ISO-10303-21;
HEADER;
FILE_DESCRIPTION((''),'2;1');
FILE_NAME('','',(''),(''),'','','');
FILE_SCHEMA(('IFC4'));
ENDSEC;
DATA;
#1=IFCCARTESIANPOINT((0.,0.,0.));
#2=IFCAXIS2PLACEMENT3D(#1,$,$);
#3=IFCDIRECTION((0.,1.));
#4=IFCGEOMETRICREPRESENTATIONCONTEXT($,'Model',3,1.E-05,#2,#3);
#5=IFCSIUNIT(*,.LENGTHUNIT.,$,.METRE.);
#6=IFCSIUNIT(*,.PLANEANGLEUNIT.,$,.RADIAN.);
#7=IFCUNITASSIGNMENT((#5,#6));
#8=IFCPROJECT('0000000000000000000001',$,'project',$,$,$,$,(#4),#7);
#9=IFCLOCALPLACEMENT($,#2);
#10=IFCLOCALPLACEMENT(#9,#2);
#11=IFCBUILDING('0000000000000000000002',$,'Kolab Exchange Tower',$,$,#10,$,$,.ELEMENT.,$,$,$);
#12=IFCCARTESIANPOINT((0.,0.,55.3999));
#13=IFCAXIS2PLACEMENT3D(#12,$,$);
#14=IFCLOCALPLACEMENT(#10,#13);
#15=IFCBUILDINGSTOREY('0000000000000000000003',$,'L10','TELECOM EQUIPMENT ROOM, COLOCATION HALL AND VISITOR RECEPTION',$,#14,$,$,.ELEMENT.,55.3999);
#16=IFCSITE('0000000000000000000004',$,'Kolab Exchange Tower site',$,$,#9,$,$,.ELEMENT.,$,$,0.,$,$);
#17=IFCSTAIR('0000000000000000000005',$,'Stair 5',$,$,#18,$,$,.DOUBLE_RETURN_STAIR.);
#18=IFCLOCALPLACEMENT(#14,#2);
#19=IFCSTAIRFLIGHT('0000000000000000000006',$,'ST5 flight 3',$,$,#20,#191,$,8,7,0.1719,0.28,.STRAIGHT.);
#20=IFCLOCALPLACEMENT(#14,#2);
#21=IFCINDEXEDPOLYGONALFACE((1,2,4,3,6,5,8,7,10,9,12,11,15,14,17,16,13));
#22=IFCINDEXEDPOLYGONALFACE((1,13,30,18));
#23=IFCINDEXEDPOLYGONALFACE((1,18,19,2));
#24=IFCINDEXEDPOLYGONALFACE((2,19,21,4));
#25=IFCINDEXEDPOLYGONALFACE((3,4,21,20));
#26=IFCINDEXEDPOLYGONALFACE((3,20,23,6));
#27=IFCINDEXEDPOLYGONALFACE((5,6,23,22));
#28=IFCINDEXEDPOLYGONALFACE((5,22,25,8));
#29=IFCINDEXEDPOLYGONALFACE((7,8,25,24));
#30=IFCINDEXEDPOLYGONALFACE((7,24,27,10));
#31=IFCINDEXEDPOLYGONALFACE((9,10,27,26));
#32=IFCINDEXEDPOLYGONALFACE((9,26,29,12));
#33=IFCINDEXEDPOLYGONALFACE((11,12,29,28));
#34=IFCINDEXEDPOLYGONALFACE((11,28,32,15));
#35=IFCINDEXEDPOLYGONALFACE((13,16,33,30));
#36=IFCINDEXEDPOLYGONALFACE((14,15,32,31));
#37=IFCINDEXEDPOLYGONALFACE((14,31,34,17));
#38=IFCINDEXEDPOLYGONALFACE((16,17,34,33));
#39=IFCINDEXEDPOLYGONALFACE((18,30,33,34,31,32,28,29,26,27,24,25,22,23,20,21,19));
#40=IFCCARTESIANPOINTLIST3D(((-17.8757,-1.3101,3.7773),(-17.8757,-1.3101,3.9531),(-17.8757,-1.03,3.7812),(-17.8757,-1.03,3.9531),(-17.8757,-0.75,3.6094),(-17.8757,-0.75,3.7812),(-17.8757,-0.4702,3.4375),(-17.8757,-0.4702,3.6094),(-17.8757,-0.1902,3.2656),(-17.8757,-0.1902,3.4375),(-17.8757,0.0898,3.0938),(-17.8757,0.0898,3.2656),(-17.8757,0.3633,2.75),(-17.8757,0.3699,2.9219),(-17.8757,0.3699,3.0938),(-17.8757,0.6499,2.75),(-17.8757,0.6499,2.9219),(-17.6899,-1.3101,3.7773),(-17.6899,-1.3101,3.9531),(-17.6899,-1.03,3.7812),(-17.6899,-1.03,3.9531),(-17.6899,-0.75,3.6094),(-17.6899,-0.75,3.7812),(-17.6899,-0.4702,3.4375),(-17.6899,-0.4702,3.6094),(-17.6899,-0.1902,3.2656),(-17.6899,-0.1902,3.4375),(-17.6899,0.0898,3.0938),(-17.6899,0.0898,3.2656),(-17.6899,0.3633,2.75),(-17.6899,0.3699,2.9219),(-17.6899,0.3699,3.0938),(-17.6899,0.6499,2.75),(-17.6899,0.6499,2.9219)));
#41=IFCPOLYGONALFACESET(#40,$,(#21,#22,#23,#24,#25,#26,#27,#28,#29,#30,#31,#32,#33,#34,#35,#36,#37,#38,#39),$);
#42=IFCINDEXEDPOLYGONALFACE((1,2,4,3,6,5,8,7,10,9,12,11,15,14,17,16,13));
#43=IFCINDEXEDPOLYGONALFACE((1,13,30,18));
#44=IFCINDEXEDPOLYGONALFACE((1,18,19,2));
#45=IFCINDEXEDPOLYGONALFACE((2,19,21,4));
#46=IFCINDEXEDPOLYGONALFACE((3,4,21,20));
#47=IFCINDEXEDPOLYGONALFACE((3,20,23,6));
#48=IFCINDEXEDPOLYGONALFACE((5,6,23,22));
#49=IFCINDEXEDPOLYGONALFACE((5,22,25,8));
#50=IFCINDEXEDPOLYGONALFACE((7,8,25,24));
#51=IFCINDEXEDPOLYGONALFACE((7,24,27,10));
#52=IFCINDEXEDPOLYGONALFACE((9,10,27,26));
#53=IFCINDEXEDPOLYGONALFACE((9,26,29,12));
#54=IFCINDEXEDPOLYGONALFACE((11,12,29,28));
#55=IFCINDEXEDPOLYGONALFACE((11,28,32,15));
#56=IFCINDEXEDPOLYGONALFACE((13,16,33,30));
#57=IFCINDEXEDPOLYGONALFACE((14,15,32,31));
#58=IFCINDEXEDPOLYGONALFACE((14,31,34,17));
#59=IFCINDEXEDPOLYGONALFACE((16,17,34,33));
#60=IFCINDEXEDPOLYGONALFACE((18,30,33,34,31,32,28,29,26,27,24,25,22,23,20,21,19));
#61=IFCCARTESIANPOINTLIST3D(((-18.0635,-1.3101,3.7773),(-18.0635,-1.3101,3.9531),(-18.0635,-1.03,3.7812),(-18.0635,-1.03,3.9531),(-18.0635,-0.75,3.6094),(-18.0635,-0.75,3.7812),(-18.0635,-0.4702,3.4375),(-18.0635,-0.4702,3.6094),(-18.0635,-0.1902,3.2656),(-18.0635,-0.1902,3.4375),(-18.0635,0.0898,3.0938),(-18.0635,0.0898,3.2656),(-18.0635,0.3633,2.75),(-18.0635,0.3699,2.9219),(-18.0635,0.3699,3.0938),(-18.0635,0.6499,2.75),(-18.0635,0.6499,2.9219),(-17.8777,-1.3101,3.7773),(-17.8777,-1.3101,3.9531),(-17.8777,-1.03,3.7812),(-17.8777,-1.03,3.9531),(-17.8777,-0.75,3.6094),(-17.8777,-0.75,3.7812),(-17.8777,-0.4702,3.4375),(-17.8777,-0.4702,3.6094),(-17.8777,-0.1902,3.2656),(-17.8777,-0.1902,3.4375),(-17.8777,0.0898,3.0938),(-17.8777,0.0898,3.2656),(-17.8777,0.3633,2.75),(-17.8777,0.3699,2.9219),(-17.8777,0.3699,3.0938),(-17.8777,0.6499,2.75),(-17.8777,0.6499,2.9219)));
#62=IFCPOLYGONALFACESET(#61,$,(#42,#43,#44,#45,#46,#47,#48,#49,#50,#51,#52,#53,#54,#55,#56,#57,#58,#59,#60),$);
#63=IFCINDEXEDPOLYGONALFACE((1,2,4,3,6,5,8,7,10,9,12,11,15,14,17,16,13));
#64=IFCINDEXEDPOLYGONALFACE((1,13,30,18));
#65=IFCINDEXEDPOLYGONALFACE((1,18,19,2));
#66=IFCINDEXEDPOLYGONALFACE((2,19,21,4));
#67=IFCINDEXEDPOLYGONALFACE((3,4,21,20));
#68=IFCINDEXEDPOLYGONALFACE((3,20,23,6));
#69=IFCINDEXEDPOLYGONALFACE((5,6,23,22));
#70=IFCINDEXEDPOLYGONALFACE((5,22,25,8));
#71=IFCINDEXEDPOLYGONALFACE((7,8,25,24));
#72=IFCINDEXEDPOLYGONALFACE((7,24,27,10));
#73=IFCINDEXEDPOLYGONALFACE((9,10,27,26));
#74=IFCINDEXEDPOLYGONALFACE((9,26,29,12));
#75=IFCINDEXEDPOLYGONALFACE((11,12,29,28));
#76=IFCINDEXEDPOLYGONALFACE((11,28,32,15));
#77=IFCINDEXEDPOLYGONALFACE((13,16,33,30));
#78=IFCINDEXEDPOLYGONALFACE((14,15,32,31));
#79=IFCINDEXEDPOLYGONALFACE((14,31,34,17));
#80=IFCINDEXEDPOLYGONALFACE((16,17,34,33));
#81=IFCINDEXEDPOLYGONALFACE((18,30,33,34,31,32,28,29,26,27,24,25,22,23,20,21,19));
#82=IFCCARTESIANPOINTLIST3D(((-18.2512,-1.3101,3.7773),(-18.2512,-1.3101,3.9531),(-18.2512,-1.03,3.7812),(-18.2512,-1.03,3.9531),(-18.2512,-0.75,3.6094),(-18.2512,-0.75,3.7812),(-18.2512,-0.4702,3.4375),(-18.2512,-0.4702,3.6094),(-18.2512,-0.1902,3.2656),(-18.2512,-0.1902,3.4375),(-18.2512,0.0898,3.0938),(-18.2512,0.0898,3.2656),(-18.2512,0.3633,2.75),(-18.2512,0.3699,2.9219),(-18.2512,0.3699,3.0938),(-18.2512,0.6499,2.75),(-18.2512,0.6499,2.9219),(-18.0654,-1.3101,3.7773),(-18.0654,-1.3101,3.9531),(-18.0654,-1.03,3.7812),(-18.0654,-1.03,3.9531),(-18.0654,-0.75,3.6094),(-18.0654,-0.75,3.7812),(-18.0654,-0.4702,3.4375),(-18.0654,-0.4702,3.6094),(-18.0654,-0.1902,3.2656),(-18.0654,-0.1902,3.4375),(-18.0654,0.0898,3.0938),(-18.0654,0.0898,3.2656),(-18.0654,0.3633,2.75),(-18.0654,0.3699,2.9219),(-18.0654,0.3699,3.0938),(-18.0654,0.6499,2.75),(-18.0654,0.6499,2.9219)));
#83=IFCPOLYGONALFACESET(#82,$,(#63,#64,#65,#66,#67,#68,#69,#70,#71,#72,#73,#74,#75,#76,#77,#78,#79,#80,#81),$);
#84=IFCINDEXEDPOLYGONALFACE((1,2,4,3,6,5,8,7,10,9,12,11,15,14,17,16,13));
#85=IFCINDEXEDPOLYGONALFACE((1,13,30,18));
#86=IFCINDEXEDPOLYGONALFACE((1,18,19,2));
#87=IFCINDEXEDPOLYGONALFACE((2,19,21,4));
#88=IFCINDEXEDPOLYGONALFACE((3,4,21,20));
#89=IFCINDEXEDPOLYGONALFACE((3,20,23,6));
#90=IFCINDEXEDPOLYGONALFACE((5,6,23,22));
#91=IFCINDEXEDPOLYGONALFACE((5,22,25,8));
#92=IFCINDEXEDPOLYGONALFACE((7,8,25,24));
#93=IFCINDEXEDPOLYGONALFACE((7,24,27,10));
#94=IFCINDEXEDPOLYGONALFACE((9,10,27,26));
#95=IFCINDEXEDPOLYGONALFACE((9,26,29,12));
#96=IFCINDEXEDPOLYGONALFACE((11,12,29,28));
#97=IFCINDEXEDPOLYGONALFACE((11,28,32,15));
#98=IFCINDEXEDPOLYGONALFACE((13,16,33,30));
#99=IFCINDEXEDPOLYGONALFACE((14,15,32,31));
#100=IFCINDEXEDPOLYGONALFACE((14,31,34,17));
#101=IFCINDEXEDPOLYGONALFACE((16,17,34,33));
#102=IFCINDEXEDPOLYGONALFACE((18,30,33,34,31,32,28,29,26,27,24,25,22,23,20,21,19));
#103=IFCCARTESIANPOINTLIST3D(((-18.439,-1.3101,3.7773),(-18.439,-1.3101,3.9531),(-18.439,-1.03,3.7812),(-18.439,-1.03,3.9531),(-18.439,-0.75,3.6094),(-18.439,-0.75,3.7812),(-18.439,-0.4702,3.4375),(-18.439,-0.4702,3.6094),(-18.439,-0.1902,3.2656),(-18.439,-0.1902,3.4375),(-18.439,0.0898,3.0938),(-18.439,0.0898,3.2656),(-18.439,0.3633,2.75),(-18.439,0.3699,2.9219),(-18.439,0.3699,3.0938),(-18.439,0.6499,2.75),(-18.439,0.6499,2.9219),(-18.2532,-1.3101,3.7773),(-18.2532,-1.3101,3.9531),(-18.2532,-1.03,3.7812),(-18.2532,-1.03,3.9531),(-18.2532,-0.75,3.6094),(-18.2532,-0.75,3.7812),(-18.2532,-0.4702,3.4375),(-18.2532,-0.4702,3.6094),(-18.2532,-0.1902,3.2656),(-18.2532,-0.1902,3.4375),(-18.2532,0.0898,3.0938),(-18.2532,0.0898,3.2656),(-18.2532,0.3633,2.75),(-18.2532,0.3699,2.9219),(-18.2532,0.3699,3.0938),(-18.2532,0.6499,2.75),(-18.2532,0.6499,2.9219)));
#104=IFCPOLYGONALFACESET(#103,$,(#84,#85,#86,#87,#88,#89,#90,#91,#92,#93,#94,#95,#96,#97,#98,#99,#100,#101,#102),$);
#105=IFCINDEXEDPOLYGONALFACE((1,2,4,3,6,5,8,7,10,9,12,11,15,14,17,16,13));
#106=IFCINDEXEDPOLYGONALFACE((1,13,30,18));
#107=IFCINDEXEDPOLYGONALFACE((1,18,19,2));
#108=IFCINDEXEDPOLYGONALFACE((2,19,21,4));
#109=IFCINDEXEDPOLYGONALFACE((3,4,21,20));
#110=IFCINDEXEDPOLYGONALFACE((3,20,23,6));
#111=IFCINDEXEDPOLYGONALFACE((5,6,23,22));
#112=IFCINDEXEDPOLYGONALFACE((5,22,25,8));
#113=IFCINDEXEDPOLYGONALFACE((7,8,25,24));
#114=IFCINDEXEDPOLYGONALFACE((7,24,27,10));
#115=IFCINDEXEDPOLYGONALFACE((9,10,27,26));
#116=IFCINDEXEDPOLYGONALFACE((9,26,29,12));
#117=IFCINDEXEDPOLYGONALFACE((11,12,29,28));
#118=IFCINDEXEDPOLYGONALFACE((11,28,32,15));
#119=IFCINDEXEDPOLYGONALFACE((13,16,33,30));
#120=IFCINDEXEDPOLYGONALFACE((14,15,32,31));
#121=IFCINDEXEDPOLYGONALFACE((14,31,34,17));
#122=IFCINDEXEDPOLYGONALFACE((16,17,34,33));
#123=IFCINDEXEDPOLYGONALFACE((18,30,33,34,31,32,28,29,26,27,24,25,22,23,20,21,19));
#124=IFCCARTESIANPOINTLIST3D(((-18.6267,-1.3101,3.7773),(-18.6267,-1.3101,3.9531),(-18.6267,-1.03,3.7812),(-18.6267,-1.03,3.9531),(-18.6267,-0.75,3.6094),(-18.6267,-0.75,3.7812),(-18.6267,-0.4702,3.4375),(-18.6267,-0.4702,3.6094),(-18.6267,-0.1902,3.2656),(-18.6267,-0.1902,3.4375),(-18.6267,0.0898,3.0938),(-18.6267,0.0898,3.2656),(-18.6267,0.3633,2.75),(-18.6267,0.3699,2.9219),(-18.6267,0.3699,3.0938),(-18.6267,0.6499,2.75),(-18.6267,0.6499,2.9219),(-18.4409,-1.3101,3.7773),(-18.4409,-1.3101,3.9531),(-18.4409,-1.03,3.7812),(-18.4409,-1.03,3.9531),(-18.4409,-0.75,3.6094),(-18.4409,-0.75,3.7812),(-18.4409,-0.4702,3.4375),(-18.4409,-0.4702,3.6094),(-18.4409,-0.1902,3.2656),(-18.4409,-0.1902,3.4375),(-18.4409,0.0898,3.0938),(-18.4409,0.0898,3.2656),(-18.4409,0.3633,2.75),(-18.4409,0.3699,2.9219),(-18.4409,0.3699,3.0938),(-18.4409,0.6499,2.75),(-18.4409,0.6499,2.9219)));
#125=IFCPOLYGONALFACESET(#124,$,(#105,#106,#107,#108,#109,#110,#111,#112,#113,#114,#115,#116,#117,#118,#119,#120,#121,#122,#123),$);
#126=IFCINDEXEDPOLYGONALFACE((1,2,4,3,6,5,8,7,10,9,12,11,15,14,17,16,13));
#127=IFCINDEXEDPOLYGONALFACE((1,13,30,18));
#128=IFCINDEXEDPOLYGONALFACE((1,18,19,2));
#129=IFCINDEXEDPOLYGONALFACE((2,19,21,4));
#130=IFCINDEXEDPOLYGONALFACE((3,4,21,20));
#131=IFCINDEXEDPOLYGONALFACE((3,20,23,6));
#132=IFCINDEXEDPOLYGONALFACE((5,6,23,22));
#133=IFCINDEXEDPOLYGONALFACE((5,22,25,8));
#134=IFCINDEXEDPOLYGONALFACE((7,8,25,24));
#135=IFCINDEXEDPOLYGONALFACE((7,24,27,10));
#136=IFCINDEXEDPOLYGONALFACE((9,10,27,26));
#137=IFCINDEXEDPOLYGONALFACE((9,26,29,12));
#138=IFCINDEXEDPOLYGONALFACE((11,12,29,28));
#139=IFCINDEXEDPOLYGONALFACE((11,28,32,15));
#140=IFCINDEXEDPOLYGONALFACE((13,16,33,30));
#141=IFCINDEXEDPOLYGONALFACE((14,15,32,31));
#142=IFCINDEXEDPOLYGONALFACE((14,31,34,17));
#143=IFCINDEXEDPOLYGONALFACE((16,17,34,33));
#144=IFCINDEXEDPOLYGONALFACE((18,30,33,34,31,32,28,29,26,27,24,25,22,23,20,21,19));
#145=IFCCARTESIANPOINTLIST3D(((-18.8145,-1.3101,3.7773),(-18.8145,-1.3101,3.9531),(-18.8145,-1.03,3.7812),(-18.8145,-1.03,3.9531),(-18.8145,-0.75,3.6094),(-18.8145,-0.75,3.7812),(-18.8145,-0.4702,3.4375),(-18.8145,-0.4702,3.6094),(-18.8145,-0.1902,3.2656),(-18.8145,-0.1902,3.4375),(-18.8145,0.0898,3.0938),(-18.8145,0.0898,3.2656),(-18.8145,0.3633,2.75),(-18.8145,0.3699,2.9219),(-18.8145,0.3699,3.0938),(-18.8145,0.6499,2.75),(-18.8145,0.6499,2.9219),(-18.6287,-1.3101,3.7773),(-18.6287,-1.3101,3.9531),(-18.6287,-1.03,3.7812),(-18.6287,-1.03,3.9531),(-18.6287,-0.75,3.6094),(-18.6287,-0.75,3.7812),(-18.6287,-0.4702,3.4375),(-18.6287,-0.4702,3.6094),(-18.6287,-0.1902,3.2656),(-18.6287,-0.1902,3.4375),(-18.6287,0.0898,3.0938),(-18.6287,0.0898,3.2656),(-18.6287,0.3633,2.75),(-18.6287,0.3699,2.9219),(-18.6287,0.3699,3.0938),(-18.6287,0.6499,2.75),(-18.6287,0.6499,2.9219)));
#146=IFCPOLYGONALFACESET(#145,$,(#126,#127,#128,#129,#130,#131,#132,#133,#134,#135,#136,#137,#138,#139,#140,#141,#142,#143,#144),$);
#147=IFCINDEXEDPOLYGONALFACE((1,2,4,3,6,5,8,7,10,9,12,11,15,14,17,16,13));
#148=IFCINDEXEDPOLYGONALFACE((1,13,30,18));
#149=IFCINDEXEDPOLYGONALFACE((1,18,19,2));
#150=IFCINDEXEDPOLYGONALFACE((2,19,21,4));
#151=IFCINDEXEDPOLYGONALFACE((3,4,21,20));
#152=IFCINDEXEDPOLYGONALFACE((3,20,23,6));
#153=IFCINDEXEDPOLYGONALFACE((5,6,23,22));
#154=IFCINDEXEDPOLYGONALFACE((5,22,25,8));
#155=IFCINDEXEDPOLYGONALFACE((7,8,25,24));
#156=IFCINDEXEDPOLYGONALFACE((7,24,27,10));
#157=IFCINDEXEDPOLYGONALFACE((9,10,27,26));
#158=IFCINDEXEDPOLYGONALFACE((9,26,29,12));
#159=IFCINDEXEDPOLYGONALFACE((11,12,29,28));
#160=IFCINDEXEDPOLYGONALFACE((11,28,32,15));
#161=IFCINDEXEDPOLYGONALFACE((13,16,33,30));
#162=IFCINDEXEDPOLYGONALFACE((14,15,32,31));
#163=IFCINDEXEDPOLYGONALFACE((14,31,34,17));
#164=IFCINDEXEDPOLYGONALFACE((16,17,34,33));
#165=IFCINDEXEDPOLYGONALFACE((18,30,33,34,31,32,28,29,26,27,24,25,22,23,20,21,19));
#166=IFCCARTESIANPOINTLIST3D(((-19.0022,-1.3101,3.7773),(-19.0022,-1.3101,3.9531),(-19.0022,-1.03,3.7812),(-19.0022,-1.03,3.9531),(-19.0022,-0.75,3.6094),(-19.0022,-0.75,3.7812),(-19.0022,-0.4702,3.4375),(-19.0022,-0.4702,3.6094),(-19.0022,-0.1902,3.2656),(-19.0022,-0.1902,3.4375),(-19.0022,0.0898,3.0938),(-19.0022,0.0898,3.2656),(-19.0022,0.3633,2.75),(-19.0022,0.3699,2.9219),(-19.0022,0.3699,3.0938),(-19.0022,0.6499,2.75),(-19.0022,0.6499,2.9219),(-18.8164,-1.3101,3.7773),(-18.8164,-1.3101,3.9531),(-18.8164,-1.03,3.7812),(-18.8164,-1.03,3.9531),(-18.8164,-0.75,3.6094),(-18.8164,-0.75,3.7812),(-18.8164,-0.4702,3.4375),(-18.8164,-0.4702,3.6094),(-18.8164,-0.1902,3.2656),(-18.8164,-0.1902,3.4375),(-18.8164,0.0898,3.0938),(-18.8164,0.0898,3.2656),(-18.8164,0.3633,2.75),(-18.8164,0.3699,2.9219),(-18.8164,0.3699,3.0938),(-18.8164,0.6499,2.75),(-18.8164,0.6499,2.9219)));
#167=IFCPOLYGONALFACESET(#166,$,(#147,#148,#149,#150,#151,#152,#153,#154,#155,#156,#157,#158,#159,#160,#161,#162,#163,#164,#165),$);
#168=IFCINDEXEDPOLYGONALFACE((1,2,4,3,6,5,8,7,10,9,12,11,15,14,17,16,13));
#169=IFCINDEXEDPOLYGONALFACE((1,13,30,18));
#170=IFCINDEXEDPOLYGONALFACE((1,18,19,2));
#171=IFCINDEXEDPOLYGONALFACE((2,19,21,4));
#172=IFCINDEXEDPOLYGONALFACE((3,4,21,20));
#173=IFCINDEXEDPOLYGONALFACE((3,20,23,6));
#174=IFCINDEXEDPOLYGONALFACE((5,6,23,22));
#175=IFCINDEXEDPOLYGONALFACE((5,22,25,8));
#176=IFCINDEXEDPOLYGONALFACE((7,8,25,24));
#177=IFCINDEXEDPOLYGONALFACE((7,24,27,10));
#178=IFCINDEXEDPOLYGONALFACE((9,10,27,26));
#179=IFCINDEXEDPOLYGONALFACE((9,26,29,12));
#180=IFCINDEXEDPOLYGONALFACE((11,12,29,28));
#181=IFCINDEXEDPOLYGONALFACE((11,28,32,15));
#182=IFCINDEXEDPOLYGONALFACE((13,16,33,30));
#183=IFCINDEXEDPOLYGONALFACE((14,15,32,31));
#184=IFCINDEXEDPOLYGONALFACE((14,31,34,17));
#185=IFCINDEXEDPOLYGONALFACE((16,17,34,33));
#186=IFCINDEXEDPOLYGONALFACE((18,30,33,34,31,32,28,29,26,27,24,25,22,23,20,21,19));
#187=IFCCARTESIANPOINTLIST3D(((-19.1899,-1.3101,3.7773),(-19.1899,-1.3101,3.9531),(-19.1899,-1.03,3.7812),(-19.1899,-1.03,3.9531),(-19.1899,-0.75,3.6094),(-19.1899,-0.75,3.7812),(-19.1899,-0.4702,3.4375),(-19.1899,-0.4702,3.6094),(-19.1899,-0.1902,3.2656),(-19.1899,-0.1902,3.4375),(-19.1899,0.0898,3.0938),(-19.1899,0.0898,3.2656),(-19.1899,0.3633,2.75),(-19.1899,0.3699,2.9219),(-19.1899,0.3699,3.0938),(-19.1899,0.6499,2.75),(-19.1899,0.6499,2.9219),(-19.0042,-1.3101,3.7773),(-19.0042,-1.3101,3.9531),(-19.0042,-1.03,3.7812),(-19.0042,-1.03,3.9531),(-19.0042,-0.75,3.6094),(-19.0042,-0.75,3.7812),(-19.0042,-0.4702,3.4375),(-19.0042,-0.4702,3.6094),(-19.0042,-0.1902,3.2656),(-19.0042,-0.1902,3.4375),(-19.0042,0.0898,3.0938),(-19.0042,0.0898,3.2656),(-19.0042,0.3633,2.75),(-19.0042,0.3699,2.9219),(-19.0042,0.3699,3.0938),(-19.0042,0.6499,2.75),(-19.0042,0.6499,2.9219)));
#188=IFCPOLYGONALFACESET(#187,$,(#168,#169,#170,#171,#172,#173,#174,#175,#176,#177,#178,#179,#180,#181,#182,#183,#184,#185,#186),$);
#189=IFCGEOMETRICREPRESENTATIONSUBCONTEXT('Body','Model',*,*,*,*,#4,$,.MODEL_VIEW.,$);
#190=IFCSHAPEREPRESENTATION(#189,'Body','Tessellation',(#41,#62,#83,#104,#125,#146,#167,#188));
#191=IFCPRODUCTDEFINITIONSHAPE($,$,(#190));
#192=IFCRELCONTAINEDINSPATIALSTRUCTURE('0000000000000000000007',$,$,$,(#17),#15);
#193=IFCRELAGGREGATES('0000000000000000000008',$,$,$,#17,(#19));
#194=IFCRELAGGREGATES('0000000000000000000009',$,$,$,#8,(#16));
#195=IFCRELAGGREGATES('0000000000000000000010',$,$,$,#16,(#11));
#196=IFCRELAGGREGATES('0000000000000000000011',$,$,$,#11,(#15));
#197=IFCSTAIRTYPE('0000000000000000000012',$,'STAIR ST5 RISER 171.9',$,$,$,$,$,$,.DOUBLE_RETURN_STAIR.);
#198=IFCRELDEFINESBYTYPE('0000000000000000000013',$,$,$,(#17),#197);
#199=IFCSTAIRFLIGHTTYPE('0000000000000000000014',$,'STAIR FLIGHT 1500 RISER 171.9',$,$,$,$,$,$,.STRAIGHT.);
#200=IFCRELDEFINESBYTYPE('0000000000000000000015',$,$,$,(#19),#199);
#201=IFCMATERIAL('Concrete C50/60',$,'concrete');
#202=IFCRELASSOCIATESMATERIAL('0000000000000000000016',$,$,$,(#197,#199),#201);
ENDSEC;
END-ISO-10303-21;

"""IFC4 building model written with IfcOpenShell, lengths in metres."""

from ifc_helpers import new_model, si_unit, direction, frame, origin, place, context, subcontext, project, spatial, polyline, outline, extrude, material, type_object, element, aggregate, save


model = new_model("IFC4")

# Units and contexts
model_context = context("Model", 3, precision=1e-05, world=origin(), true_north=direction((0.0, 1.0)))
body_context = subcontext(model_context, "Body", "Model", "MODEL_VIEW")
ifc_project = project(units=[si_unit("LENGTHUNIT", "METRE"), si_unit("PLANEANGLEUNIT", "RADIAN")], contexts=[model_context])

# Site, building, storey
site_placement = place(None, origin())
site = spatial("IfcSite", under=ifc_project, at=site_placement, Name="Kolab Exchange Tower site", CompositionType="ELEMENT", RefElevation=0.0)
building_placement = place(site_placement, origin())
building = spatial("IfcBuilding", under=site, at=building_placement, Name="Kolab Exchange Tower", CompositionType="ELEMENT")
storey_placement = place(building_placement, frame((0.0, 0.0, 55.3999)))
storey = spatial("IfcBuildingStorey", under=building, at=storey_placement, Name="L10", Description="TELECOM EQUIPMENT ROOM, COLOCATION HALL AND VISITOR RECEPTION", CompositionType="ELEMENT", Elevation=55.3999)

# Shared definitions
ifc_material_1 = material(Name="Concrete C50/60", Category="concrete")

# Stair, stair flight
stair_type = type_object("IfcStairType", Name="STAIR ST5 RISER 171.9", PredefinedType="DOUBLE_RETURN_STAIR", material=ifc_material_1)
stair_placement = place(storey_placement, origin())
stair = element("IfcStair", 1, at=stair_placement, inside=storey, type_object=stair_type, Name="Stair 5", PredefinedType="DOUBLE_RETURN_STAIR")
stair_flight_type = type_object("IfcStairFlightType", Name="STAIR FLIGHT 1500 RISER 171.9", PredefinedType="STRAIGHT", material=ifc_material_1)
stair_flight_1_placement = place(storey_placement, frame((-18.4399, 0.6499, 2.75), z_axis=(0.0, 0.0, 1.0), x_axis=(0.0, -1.0, 0.0)))
stair_flight_1 = element("IfcStairFlight", 2, at=stair_flight_1_placement, type_object=stair_flight_type, Name="ST5 flight 3", NumberOfRisers=8, NumberOfTreads=7, PredefinedType="STRAIGHT", RiserHeight=0.1719, TreadLength=0.28, context=body_context, shape_type="SweptSolid", body=[
    extrude(outline(polyline([(0.0, 0.0), (0.0, 0.1719), (0.28, 0.1719), (0.28, 0.3438), (0.5601, 0.3438), (0.5601, 0.5156), (0.8401, 0.5156), (0.8401, 0.6875), (1.1201, 0.6875), (1.1201, 0.8594), (1.3999, 0.8594), (1.3999, 1.0312), (1.6799, 1.0312), (1.6799, 1.2031), (1.96, 1.2031), (1.96, 1.375), (1.96, 1.0273), (0.2866, 0.0), (0.0, 0.0)])), frame((0.0, 0.75, 0.0), z_axis=(0.0, -1.0, 0.0), x_axis=(1.0, 0.0, 0.0)), (0.0, 0.0, 1.0), 0.1858),
    extrude(outline(polyline([(0.0, 0.0), (0.0, 0.1719), (0.28, 0.1719), (0.28, 0.3438), (0.5601, 0.3438), (0.5601, 0.5156), (0.8401, 0.5156), (0.8401, 0.6875), (1.1201, 0.6875), (1.1201, 0.8594), (1.3999, 0.8594), (1.3999, 1.0312), (1.6799, 1.0312), (1.6799, 1.2031), (1.96, 1.2031), (1.96, 1.375), (1.96, 1.0273), (0.2866, 0.0), (0.0, 0.0)])), frame((0.0, 0.5623, 0.0), z_axis=(0.0, -1.0, 0.0), x_axis=(1.0, 0.0, 0.0)), (0.0, 0.0, 1.0), 0.1858),
    extrude(outline(polyline([(0.0, 0.0), (0.0, 0.1719), (0.28, 0.1719), (0.28, 0.3438), (0.5601, 0.3438), (0.5601, 0.5156), (0.8401, 0.5156), (0.8401, 0.6875), (1.1201, 0.6875), (1.1201, 0.8594), (1.3999, 0.8594), (1.3999, 1.0312), (1.6799, 1.0312), (1.6799, 1.2031), (1.96, 1.2031), (1.96, 1.375), (1.96, 1.0273), (0.2866, 0.0), (0.0, 0.0)])), frame((0.0, 0.3745, 0.0), z_axis=(0.0, -1.0, 0.0), x_axis=(1.0, 0.0, 0.0)), (0.0, 0.0, 1.0), 0.1858),
    extrude(outline(polyline([(0.0, 0.0), (0.0, 0.1719), (0.28, 0.1719), (0.28, 0.3438), (0.5601, 0.3438), (0.5601, 0.5156), (0.8401, 0.5156), (0.8401, 0.6875), (1.1201, 0.6875), (1.1201, 0.8594), (1.3999, 0.8594), (1.3999, 1.0312), (1.6799, 1.0312), (1.6799, 1.2031), (1.96, 1.2031), (1.96, 1.375), (1.96, 1.0273), (0.2866, 0.0), (0.0, 0.0)])), frame((0.0, 0.1868, 0.0), z_axis=(0.0, -1.0, 0.0), x_axis=(1.0, 0.0, 0.0)), (0.0, 0.0, 1.0), 0.1858),
    extrude(outline(polyline([(0.0, 0.0), (0.0, 0.1719), (0.28, 0.1719), (0.28, 0.3438), (0.5601, 0.3438), (0.5601, 0.5156), (0.8401, 0.5156), (0.8401, 0.6875), (1.1201, 0.6875), (1.1201, 0.8594), (1.3999, 0.8594), (1.3999, 1.0312), (1.6799, 1.0312), (1.6799, 1.2031), (1.96, 1.2031), (1.96, 1.375), (1.96, 1.0273), (0.2866, 0.0), (0.0, 0.0)])), frame((0.0, -0.001, 0.0), z_axis=(0.0, -1.0, 0.0), x_axis=(1.0, 0.0, 0.0)), (0.0, 0.0, 1.0), 0.1858),
    extrude(outline(polyline([(0.0, 0.0), (0.0, 0.1719), (0.28, 0.1719), (0.28, 0.3438), (0.5601, 0.3438), (0.5601, 0.5156), (0.8401, 0.5156), (0.8401, 0.6875), (1.1201, 0.6875), (1.1201, 0.8594), (1.3999, 0.8594), (1.3999, 1.0312), (1.6799, 1.0312), (1.6799, 1.2031), (1.96, 1.2031), (1.96, 1.375), (1.96, 1.0273), (0.2866, 0.0), (0.0, 0.0)])), frame((0.0, -0.1887, 0.0), z_axis=(0.0, -1.0, 0.0), x_axis=(1.0, 0.0, 0.0)), (0.0, 0.0, 1.0), 0.1858),
    extrude(outline(polyline([(0.0, 0.0), (0.0, 0.1719), (0.28, 0.1719), (0.28, 0.3438), (0.5601, 0.3438), (0.5601, 0.5156), (0.8401, 0.5156), (0.8401, 0.6875), (1.1201, 0.6875), (1.1201, 0.8594), (1.3999, 0.8594), (1.3999, 1.0312), (1.6799, 1.0312), (1.6799, 1.2031), (1.96, 1.2031), (1.96, 1.375), (1.96, 1.0273), (0.2866, 0.0), (0.0, 0.0)])), frame((0.0, -0.3765, 0.0), z_axis=(0.0, -1.0, 0.0), x_axis=(1.0, 0.0, 0.0)), (0.0, 0.0, 1.0), 0.1858),
    extrude(outline(polyline([(0.0, 0.0), (0.0, 0.1719), (0.28, 0.1719), (0.28, 0.3438), (0.5601, 0.3438), (0.5601, 0.5156), (0.8401, 0.5156), (0.8401, 0.6875), (1.1201, 0.6875), (1.1201, 0.8594), (1.3999, 0.8594), (1.3999, 1.0312), (1.6799, 1.0312), (1.6799, 1.2031), (1.96, 1.2031), (1.96, 1.375), (1.96, 1.0273), (0.2866, 0.0), (0.0, 0.0)])), frame((0.0, -0.5642, 0.0), z_axis=(0.0, -1.0, 0.0), x_axis=(1.0, 0.0, 0.0)), (0.0, 0.0, 1.0), 0.1858),
])
aggregate(stair, [stair_flight_1])

save(model, "model.ifc")
